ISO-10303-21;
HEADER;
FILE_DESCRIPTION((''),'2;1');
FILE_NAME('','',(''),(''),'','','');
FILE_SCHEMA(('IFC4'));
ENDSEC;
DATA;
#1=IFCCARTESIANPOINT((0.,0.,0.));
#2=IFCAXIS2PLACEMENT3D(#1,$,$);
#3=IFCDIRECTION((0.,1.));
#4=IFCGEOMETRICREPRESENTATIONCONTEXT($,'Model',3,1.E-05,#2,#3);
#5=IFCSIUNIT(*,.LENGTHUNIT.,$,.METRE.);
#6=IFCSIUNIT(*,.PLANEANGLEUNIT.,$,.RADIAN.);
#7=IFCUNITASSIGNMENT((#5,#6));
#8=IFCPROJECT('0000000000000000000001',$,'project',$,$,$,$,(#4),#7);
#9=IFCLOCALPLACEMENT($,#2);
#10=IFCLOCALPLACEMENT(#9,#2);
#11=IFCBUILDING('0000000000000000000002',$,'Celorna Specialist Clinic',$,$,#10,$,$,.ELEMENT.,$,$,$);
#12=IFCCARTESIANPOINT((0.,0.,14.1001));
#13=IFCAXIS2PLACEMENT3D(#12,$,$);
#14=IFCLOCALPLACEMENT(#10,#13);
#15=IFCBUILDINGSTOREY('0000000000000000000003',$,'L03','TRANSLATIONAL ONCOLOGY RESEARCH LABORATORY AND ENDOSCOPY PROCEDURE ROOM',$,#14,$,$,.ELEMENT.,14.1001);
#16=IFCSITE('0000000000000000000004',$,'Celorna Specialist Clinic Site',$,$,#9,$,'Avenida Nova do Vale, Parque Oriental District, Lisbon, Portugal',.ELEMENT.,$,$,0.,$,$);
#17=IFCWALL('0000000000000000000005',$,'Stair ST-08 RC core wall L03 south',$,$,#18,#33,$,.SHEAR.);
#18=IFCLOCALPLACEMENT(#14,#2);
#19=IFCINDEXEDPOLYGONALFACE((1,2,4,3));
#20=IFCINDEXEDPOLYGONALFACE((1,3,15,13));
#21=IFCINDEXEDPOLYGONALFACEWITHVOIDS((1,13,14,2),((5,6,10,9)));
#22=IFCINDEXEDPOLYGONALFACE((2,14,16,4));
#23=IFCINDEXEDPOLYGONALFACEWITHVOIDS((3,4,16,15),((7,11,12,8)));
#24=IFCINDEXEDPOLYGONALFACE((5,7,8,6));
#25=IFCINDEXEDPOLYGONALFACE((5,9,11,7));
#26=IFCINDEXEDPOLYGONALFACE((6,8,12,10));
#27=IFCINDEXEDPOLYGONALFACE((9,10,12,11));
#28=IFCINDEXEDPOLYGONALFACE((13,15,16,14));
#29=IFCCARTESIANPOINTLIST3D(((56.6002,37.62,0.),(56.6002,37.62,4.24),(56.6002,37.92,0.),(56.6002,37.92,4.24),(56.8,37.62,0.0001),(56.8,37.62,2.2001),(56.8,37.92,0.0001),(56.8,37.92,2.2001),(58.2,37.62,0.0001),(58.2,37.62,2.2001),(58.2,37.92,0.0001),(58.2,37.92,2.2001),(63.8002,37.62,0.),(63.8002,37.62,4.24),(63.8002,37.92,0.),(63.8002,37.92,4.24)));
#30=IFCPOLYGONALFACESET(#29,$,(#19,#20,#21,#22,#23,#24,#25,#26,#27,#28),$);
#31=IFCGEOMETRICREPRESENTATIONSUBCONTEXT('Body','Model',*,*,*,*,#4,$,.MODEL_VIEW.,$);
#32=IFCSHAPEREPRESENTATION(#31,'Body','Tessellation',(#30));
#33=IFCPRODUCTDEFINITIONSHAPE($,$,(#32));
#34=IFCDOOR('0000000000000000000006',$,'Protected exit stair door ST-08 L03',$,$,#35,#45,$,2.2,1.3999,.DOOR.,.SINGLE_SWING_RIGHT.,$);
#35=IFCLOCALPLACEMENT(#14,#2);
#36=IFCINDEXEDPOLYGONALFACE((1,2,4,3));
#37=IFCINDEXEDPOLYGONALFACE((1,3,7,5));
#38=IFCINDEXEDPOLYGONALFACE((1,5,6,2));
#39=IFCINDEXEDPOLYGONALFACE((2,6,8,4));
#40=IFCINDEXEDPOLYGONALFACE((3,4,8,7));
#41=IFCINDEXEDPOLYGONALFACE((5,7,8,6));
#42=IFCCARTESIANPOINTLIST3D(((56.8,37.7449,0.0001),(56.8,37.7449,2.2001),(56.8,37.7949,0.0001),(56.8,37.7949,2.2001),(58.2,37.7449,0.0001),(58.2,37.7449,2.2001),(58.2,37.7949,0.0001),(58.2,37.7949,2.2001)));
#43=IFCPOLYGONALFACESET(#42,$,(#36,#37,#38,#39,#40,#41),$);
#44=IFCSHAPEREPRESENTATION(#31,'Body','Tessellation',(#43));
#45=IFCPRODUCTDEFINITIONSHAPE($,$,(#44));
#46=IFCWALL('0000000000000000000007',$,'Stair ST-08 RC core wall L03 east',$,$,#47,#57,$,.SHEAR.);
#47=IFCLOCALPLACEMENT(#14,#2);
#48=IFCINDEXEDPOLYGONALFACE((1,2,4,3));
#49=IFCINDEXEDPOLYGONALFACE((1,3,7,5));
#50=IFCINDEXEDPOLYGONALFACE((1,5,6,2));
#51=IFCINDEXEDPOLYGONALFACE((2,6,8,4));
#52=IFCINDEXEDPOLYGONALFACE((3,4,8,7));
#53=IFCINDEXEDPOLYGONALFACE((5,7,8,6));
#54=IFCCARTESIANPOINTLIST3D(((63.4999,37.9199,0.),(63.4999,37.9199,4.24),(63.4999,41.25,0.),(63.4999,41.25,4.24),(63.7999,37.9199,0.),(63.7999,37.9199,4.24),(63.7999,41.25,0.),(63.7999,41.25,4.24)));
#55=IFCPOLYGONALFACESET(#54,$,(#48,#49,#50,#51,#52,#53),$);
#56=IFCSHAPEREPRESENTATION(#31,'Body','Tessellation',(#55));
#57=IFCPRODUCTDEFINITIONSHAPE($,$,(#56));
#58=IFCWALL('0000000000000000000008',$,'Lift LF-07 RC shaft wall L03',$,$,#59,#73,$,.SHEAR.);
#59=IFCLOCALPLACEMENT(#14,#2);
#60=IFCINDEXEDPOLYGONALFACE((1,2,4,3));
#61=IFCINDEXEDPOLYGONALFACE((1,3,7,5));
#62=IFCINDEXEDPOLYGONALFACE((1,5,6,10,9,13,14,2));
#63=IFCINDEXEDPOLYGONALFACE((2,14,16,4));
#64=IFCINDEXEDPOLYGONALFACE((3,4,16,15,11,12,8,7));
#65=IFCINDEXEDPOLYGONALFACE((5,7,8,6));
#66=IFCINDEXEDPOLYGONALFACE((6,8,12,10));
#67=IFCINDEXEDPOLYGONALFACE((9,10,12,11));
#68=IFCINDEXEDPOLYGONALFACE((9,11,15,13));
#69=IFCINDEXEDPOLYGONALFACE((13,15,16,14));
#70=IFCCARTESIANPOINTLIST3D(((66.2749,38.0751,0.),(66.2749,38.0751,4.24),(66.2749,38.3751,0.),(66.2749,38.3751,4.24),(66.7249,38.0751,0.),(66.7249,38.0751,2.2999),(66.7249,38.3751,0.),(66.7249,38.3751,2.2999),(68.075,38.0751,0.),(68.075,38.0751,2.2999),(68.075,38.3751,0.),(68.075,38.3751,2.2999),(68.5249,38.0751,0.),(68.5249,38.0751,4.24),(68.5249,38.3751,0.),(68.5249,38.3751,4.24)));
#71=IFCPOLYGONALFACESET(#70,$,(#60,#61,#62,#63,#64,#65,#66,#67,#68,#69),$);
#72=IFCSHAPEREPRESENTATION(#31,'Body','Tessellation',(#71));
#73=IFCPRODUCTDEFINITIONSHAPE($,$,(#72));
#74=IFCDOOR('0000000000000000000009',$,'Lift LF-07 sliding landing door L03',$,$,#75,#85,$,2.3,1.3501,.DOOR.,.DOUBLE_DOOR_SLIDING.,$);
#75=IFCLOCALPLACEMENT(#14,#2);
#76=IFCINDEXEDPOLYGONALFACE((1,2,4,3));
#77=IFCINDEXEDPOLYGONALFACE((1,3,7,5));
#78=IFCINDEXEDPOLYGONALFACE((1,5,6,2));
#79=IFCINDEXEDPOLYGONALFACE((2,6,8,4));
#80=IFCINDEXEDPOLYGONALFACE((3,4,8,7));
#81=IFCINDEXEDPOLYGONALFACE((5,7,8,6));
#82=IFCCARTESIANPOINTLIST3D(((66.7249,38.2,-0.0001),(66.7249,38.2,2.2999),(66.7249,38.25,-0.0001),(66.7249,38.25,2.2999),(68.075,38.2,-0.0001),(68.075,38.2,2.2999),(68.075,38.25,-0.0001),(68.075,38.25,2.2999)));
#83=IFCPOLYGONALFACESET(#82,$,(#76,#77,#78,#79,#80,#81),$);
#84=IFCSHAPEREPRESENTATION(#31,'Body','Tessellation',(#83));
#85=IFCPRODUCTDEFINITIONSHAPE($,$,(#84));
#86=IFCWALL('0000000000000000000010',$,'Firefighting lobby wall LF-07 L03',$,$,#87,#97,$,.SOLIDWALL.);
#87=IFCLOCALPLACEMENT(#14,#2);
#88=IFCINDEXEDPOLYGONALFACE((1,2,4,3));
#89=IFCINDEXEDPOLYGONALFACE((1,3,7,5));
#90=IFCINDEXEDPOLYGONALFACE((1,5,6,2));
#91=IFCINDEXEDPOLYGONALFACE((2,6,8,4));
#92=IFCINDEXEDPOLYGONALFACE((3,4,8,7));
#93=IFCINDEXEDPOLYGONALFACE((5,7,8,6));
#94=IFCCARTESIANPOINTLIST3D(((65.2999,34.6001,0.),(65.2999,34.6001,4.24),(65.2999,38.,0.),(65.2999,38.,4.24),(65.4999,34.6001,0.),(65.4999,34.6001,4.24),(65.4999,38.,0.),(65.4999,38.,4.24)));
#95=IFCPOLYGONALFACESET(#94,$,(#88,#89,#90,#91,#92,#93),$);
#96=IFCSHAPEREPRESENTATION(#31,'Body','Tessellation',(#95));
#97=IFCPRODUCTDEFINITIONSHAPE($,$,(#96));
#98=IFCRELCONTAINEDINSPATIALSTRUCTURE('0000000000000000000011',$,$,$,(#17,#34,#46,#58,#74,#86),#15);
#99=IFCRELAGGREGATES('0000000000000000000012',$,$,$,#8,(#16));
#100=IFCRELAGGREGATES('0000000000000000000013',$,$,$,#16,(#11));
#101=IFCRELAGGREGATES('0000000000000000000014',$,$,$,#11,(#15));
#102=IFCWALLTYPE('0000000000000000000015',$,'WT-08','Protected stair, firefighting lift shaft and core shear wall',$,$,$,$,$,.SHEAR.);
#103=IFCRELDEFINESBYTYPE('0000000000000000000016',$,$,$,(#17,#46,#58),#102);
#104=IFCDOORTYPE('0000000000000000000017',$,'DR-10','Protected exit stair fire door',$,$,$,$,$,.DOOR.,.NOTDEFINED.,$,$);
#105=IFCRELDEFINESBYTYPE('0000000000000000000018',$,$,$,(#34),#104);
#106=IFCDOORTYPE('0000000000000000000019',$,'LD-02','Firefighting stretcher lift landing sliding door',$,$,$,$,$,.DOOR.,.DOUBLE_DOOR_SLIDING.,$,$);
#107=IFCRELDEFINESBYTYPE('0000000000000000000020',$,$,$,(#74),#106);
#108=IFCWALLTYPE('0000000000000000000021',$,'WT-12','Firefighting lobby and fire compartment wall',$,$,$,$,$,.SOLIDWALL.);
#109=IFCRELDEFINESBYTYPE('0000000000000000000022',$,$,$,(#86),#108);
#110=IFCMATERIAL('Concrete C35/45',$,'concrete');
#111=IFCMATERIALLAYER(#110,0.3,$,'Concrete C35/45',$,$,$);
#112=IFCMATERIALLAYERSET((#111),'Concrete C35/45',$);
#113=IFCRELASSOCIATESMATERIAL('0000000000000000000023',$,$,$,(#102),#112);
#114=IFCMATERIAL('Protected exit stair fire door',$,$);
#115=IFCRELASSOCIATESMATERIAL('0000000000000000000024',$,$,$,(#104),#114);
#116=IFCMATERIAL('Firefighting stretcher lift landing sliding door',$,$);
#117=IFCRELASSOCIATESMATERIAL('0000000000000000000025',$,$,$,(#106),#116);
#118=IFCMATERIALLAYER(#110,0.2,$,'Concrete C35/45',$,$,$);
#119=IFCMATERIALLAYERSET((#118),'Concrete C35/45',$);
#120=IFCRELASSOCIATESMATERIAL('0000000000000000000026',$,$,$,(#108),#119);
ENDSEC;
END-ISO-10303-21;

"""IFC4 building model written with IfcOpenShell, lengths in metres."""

from ifc_helpers import new_model, si_unit, direction, frame, frame_2d, origin, place, context, subcontext, project, spatial, rectangle, extrude, material, layer, layer_set, type_object, element, fill, save


model = new_model("IFC4")

# Units and contexts
model_context = context("Model", 3, precision=1e-05, world=origin(), true_north=direction((0.0, 1.0)))
body_context = subcontext(model_context, "Body", "Model", "MODEL_VIEW")
ifc_project = project(units=[si_unit("LENGTHUNIT", "METRE"), si_unit("PLANEANGLEUNIT", "RADIAN")], contexts=[model_context])

# Site, building, storey
site_placement = place(None, origin())
site = spatial("IfcSite", under=ifc_project, at=site_placement, Name="Celorna Specialist Clinic Site", LongName="Avenida Nova do Vale, Parque Oriental District, Lisbon, Portugal", CompositionType="ELEMENT", RefElevation=0.0)
building_placement = place(site_placement, origin())
building = spatial("IfcBuilding", under=site, at=building_placement, Name="Celorna Specialist Clinic", CompositionType="ELEMENT")
storey_placement = place(building_placement, frame((0.0, 0.0, 14.1001)))
storey = spatial("IfcBuildingStorey", under=building, at=storey_placement, Name="L03", Description="TRANSLATIONAL ONCOLOGY RESEARCH LABORATORY AND ENDOSCOPY PROCEDURE ROOM", CompositionType="ELEMENT", Elevation=14.1001)

# Shared definitions
ifc_material_1 = material(Name="Concrete C35/45", Category="concrete")

# Wall, opening, door
ifc_layer_1 = layer(ifc_material_1, 0.3, Name="Concrete C35/45")
ifc_layer_set_1 = layer_set([ifc_layer_1], Name="Concrete C35/45")
wall_type_1 = type_object("IfcWallType", Name="WT-08", Description="Protected stair, firefighting lift shaft and core shear wall", PredefinedType="SHEAR", material=ifc_layer_set_1)
wall_1_placement = place(storey_placement, frame((56.6001, 37.77, 0.0), z_axis=(0.0, 0.0, 1.0), x_axis=(1.0, 0.0, 0.0)))
wall_1 = element("IfcWall", 1, at=wall_1_placement, inside=storey, type_object=wall_type_1, Name="Stair ST-08 RC core wall L03 south", PredefinedType="SHEAR", context=body_context, shape_type="SweptSolid", body=[
    extrude(rectangle(XDim=7.2, YDim=0.3, at=frame_2d((3.6001, 0.0))), origin(), (0.0, 0.0, 1.0), 4.24),
])
opening_1_placement = place(wall_1_placement, frame((0.2, 0.0, 0.0)))
opening_1 = element("IfcOpeningElement", 2, at=opening_1_placement, cuts=wall_1, PredefinedType="OPENING", context=body_context, shape_type="SweptSolid", body=[
    extrude(rectangle(XDim=1.3999, YDim=2.2, at=frame_2d((0.7, 1.1001))), frame((0.0, 0.1599, 0.0), z_axis=(0.0, -1.0, 0.0), x_axis=(1.0, 0.0, 0.0)), (0.0, 0.0, 1.0), 0.3201),
])
ifc_material_2 = material(Name="Protected exit stair fire door")
door_type_1 = type_object("IfcDoorType", Name="DR-10", Description="Protected exit stair fire door", OperationType="NOTDEFINED", PredefinedType="DOOR", material=ifc_material_2)
door_1_placement = place(opening_1_placement, origin())
door_1 = element("IfcDoor", 3, at=door_1_placement, inside=storey, type_object=door_type_1, Name="Protected exit stair door ST-08 L03", OperationType="SINGLE_SWING_RIGHT", OverallHeight=2.2, OverallWidth=1.3999, PredefinedType="DOOR", context=body_context, shape_type="SweptSolid", body=[
    extrude(rectangle(XDim=1.3999, YDim=2.2, at=frame_2d((0.7, 1.1001))), frame((0.0, 0.0249, 0.0), z_axis=(0.0, -1.0, 0.0), x_axis=(1.0, 0.0, 0.0)), (0.0, 0.0, 1.0), 0.05),
])
fill(opening_1, door_1)

# Wall
wall_2_placement = place(storey_placement, frame((63.6499, 37.9199, 0.0), z_axis=(0.0, 0.0, 1.0), x_axis=(0.0, 1.0, 0.0)))
element("IfcWall", 4, at=wall_2_placement, inside=storey, type_object=wall_type_1, Name="Stair ST-08 RC core wall L03 east", PredefinedType="SHEAR", context=body_context, shape_type="SweptSolid", body=[
    extrude(rectangle(XDim=3.3301, YDim=0.3, at=frame_2d((1.665, 0.0))), origin(), (0.0, 0.0, 1.0), 4.24),
])

# Wall, opening, door
wall_3_placement = place(storey_placement, frame((66.2749, 38.2251, 0.0), z_axis=(0.0, 0.0, 1.0), x_axis=(1.0, 0.0, 0.0)))
wall_3 = element("IfcWall", 5, at=wall_3_placement, inside=storey, type_object=wall_type_1, Name="Lift LF-07 RC shaft wall L03", PredefinedType="SHEAR", context=body_context, shape_type="SweptSolid", body=[
    extrude(rectangle(XDim=2.25, YDim=0.3, at=frame_2d((1.125, 0.0))), origin(), (0.0, 0.0, 1.0), 4.24),
])
opening_2_placement = place(wall_3_placement, frame((0.45, 0.0, 0.0)))
opening_2 = element("IfcOpeningElement", 6, at=opening_2_placement, cuts=wall_3, PredefinedType="OPENING", context=body_context, shape_type="SweptSolid", body=[
    extrude(rectangle(XDim=1.3501, YDim=2.3, at=frame_2d((0.675, 1.1499))), frame((0.0, 0.1599, 0.0), z_axis=(0.0, -1.0, 0.0), x_axis=(1.0, 0.0, 0.0)), (0.0, 0.0, 1.0), 0.3201),
])
ifc_material_3 = material(Name="Firefighting stretcher lift landing sliding door")
door_type_2 = type_object("IfcDoorType", Name="LD-02", Description="Firefighting stretcher lift landing sliding door", OperationType="DOUBLE_DOOR_SLIDING", PredefinedType="DOOR", material=ifc_material_3)
door_2_placement = place(opening_2_placement, origin())
door_2 = element("IfcDoor", 7, at=door_2_placement, inside=storey, type_object=door_type_2, Name="Lift LF-07 sliding landing door L03", OperationType="DOUBLE_DOOR_SLIDING", OverallHeight=2.3, OverallWidth=1.3501, PredefinedType="DOOR", context=body_context, shape_type="SweptSolid", body=[
    extrude(rectangle(XDim=1.3501, YDim=2.3, at=frame_2d((0.675, 1.1499))), frame((0.0, 0.0249, 0.0), z_axis=(0.0, -1.0, 0.0), x_axis=(1.0, 0.0, 0.0)), (0.0, 0.0, 1.0), 0.05),
])
fill(opening_2, door_2)

# Wall
ifc_layer_2 = layer(ifc_material_1, 0.2, Name="Concrete C35/45")
ifc_layer_set_2 = layer_set([ifc_layer_2], Name="Concrete C35/45")
wall_type_2 = type_object("IfcWallType", Name="WT-12", Description="Firefighting lobby and fire compartment wall", PredefinedType="SOLIDWALL", material=ifc_layer_set_2)
wall_4_placement = place(storey_placement, frame((65.3999, 38.0, 0.0), z_axis=(0.0, 0.0, 1.0), x_axis=(0.0, -1.0, 0.0)))
element("IfcWall", 8, at=wall_4_placement, inside=storey, type_object=wall_type_2, Name="Firefighting lobby wall LF-07 L03", PredefinedType="SOLIDWALL", context=body_context, shape_type="SweptSolid", body=[
    extrude(rectangle(XDim=3.3999, YDim=0.2, at=frame_2d((1.7, 0.0))), origin(), (0.0, 0.0, 1.0), 4.24),
])

save(model, "model.ifc")
